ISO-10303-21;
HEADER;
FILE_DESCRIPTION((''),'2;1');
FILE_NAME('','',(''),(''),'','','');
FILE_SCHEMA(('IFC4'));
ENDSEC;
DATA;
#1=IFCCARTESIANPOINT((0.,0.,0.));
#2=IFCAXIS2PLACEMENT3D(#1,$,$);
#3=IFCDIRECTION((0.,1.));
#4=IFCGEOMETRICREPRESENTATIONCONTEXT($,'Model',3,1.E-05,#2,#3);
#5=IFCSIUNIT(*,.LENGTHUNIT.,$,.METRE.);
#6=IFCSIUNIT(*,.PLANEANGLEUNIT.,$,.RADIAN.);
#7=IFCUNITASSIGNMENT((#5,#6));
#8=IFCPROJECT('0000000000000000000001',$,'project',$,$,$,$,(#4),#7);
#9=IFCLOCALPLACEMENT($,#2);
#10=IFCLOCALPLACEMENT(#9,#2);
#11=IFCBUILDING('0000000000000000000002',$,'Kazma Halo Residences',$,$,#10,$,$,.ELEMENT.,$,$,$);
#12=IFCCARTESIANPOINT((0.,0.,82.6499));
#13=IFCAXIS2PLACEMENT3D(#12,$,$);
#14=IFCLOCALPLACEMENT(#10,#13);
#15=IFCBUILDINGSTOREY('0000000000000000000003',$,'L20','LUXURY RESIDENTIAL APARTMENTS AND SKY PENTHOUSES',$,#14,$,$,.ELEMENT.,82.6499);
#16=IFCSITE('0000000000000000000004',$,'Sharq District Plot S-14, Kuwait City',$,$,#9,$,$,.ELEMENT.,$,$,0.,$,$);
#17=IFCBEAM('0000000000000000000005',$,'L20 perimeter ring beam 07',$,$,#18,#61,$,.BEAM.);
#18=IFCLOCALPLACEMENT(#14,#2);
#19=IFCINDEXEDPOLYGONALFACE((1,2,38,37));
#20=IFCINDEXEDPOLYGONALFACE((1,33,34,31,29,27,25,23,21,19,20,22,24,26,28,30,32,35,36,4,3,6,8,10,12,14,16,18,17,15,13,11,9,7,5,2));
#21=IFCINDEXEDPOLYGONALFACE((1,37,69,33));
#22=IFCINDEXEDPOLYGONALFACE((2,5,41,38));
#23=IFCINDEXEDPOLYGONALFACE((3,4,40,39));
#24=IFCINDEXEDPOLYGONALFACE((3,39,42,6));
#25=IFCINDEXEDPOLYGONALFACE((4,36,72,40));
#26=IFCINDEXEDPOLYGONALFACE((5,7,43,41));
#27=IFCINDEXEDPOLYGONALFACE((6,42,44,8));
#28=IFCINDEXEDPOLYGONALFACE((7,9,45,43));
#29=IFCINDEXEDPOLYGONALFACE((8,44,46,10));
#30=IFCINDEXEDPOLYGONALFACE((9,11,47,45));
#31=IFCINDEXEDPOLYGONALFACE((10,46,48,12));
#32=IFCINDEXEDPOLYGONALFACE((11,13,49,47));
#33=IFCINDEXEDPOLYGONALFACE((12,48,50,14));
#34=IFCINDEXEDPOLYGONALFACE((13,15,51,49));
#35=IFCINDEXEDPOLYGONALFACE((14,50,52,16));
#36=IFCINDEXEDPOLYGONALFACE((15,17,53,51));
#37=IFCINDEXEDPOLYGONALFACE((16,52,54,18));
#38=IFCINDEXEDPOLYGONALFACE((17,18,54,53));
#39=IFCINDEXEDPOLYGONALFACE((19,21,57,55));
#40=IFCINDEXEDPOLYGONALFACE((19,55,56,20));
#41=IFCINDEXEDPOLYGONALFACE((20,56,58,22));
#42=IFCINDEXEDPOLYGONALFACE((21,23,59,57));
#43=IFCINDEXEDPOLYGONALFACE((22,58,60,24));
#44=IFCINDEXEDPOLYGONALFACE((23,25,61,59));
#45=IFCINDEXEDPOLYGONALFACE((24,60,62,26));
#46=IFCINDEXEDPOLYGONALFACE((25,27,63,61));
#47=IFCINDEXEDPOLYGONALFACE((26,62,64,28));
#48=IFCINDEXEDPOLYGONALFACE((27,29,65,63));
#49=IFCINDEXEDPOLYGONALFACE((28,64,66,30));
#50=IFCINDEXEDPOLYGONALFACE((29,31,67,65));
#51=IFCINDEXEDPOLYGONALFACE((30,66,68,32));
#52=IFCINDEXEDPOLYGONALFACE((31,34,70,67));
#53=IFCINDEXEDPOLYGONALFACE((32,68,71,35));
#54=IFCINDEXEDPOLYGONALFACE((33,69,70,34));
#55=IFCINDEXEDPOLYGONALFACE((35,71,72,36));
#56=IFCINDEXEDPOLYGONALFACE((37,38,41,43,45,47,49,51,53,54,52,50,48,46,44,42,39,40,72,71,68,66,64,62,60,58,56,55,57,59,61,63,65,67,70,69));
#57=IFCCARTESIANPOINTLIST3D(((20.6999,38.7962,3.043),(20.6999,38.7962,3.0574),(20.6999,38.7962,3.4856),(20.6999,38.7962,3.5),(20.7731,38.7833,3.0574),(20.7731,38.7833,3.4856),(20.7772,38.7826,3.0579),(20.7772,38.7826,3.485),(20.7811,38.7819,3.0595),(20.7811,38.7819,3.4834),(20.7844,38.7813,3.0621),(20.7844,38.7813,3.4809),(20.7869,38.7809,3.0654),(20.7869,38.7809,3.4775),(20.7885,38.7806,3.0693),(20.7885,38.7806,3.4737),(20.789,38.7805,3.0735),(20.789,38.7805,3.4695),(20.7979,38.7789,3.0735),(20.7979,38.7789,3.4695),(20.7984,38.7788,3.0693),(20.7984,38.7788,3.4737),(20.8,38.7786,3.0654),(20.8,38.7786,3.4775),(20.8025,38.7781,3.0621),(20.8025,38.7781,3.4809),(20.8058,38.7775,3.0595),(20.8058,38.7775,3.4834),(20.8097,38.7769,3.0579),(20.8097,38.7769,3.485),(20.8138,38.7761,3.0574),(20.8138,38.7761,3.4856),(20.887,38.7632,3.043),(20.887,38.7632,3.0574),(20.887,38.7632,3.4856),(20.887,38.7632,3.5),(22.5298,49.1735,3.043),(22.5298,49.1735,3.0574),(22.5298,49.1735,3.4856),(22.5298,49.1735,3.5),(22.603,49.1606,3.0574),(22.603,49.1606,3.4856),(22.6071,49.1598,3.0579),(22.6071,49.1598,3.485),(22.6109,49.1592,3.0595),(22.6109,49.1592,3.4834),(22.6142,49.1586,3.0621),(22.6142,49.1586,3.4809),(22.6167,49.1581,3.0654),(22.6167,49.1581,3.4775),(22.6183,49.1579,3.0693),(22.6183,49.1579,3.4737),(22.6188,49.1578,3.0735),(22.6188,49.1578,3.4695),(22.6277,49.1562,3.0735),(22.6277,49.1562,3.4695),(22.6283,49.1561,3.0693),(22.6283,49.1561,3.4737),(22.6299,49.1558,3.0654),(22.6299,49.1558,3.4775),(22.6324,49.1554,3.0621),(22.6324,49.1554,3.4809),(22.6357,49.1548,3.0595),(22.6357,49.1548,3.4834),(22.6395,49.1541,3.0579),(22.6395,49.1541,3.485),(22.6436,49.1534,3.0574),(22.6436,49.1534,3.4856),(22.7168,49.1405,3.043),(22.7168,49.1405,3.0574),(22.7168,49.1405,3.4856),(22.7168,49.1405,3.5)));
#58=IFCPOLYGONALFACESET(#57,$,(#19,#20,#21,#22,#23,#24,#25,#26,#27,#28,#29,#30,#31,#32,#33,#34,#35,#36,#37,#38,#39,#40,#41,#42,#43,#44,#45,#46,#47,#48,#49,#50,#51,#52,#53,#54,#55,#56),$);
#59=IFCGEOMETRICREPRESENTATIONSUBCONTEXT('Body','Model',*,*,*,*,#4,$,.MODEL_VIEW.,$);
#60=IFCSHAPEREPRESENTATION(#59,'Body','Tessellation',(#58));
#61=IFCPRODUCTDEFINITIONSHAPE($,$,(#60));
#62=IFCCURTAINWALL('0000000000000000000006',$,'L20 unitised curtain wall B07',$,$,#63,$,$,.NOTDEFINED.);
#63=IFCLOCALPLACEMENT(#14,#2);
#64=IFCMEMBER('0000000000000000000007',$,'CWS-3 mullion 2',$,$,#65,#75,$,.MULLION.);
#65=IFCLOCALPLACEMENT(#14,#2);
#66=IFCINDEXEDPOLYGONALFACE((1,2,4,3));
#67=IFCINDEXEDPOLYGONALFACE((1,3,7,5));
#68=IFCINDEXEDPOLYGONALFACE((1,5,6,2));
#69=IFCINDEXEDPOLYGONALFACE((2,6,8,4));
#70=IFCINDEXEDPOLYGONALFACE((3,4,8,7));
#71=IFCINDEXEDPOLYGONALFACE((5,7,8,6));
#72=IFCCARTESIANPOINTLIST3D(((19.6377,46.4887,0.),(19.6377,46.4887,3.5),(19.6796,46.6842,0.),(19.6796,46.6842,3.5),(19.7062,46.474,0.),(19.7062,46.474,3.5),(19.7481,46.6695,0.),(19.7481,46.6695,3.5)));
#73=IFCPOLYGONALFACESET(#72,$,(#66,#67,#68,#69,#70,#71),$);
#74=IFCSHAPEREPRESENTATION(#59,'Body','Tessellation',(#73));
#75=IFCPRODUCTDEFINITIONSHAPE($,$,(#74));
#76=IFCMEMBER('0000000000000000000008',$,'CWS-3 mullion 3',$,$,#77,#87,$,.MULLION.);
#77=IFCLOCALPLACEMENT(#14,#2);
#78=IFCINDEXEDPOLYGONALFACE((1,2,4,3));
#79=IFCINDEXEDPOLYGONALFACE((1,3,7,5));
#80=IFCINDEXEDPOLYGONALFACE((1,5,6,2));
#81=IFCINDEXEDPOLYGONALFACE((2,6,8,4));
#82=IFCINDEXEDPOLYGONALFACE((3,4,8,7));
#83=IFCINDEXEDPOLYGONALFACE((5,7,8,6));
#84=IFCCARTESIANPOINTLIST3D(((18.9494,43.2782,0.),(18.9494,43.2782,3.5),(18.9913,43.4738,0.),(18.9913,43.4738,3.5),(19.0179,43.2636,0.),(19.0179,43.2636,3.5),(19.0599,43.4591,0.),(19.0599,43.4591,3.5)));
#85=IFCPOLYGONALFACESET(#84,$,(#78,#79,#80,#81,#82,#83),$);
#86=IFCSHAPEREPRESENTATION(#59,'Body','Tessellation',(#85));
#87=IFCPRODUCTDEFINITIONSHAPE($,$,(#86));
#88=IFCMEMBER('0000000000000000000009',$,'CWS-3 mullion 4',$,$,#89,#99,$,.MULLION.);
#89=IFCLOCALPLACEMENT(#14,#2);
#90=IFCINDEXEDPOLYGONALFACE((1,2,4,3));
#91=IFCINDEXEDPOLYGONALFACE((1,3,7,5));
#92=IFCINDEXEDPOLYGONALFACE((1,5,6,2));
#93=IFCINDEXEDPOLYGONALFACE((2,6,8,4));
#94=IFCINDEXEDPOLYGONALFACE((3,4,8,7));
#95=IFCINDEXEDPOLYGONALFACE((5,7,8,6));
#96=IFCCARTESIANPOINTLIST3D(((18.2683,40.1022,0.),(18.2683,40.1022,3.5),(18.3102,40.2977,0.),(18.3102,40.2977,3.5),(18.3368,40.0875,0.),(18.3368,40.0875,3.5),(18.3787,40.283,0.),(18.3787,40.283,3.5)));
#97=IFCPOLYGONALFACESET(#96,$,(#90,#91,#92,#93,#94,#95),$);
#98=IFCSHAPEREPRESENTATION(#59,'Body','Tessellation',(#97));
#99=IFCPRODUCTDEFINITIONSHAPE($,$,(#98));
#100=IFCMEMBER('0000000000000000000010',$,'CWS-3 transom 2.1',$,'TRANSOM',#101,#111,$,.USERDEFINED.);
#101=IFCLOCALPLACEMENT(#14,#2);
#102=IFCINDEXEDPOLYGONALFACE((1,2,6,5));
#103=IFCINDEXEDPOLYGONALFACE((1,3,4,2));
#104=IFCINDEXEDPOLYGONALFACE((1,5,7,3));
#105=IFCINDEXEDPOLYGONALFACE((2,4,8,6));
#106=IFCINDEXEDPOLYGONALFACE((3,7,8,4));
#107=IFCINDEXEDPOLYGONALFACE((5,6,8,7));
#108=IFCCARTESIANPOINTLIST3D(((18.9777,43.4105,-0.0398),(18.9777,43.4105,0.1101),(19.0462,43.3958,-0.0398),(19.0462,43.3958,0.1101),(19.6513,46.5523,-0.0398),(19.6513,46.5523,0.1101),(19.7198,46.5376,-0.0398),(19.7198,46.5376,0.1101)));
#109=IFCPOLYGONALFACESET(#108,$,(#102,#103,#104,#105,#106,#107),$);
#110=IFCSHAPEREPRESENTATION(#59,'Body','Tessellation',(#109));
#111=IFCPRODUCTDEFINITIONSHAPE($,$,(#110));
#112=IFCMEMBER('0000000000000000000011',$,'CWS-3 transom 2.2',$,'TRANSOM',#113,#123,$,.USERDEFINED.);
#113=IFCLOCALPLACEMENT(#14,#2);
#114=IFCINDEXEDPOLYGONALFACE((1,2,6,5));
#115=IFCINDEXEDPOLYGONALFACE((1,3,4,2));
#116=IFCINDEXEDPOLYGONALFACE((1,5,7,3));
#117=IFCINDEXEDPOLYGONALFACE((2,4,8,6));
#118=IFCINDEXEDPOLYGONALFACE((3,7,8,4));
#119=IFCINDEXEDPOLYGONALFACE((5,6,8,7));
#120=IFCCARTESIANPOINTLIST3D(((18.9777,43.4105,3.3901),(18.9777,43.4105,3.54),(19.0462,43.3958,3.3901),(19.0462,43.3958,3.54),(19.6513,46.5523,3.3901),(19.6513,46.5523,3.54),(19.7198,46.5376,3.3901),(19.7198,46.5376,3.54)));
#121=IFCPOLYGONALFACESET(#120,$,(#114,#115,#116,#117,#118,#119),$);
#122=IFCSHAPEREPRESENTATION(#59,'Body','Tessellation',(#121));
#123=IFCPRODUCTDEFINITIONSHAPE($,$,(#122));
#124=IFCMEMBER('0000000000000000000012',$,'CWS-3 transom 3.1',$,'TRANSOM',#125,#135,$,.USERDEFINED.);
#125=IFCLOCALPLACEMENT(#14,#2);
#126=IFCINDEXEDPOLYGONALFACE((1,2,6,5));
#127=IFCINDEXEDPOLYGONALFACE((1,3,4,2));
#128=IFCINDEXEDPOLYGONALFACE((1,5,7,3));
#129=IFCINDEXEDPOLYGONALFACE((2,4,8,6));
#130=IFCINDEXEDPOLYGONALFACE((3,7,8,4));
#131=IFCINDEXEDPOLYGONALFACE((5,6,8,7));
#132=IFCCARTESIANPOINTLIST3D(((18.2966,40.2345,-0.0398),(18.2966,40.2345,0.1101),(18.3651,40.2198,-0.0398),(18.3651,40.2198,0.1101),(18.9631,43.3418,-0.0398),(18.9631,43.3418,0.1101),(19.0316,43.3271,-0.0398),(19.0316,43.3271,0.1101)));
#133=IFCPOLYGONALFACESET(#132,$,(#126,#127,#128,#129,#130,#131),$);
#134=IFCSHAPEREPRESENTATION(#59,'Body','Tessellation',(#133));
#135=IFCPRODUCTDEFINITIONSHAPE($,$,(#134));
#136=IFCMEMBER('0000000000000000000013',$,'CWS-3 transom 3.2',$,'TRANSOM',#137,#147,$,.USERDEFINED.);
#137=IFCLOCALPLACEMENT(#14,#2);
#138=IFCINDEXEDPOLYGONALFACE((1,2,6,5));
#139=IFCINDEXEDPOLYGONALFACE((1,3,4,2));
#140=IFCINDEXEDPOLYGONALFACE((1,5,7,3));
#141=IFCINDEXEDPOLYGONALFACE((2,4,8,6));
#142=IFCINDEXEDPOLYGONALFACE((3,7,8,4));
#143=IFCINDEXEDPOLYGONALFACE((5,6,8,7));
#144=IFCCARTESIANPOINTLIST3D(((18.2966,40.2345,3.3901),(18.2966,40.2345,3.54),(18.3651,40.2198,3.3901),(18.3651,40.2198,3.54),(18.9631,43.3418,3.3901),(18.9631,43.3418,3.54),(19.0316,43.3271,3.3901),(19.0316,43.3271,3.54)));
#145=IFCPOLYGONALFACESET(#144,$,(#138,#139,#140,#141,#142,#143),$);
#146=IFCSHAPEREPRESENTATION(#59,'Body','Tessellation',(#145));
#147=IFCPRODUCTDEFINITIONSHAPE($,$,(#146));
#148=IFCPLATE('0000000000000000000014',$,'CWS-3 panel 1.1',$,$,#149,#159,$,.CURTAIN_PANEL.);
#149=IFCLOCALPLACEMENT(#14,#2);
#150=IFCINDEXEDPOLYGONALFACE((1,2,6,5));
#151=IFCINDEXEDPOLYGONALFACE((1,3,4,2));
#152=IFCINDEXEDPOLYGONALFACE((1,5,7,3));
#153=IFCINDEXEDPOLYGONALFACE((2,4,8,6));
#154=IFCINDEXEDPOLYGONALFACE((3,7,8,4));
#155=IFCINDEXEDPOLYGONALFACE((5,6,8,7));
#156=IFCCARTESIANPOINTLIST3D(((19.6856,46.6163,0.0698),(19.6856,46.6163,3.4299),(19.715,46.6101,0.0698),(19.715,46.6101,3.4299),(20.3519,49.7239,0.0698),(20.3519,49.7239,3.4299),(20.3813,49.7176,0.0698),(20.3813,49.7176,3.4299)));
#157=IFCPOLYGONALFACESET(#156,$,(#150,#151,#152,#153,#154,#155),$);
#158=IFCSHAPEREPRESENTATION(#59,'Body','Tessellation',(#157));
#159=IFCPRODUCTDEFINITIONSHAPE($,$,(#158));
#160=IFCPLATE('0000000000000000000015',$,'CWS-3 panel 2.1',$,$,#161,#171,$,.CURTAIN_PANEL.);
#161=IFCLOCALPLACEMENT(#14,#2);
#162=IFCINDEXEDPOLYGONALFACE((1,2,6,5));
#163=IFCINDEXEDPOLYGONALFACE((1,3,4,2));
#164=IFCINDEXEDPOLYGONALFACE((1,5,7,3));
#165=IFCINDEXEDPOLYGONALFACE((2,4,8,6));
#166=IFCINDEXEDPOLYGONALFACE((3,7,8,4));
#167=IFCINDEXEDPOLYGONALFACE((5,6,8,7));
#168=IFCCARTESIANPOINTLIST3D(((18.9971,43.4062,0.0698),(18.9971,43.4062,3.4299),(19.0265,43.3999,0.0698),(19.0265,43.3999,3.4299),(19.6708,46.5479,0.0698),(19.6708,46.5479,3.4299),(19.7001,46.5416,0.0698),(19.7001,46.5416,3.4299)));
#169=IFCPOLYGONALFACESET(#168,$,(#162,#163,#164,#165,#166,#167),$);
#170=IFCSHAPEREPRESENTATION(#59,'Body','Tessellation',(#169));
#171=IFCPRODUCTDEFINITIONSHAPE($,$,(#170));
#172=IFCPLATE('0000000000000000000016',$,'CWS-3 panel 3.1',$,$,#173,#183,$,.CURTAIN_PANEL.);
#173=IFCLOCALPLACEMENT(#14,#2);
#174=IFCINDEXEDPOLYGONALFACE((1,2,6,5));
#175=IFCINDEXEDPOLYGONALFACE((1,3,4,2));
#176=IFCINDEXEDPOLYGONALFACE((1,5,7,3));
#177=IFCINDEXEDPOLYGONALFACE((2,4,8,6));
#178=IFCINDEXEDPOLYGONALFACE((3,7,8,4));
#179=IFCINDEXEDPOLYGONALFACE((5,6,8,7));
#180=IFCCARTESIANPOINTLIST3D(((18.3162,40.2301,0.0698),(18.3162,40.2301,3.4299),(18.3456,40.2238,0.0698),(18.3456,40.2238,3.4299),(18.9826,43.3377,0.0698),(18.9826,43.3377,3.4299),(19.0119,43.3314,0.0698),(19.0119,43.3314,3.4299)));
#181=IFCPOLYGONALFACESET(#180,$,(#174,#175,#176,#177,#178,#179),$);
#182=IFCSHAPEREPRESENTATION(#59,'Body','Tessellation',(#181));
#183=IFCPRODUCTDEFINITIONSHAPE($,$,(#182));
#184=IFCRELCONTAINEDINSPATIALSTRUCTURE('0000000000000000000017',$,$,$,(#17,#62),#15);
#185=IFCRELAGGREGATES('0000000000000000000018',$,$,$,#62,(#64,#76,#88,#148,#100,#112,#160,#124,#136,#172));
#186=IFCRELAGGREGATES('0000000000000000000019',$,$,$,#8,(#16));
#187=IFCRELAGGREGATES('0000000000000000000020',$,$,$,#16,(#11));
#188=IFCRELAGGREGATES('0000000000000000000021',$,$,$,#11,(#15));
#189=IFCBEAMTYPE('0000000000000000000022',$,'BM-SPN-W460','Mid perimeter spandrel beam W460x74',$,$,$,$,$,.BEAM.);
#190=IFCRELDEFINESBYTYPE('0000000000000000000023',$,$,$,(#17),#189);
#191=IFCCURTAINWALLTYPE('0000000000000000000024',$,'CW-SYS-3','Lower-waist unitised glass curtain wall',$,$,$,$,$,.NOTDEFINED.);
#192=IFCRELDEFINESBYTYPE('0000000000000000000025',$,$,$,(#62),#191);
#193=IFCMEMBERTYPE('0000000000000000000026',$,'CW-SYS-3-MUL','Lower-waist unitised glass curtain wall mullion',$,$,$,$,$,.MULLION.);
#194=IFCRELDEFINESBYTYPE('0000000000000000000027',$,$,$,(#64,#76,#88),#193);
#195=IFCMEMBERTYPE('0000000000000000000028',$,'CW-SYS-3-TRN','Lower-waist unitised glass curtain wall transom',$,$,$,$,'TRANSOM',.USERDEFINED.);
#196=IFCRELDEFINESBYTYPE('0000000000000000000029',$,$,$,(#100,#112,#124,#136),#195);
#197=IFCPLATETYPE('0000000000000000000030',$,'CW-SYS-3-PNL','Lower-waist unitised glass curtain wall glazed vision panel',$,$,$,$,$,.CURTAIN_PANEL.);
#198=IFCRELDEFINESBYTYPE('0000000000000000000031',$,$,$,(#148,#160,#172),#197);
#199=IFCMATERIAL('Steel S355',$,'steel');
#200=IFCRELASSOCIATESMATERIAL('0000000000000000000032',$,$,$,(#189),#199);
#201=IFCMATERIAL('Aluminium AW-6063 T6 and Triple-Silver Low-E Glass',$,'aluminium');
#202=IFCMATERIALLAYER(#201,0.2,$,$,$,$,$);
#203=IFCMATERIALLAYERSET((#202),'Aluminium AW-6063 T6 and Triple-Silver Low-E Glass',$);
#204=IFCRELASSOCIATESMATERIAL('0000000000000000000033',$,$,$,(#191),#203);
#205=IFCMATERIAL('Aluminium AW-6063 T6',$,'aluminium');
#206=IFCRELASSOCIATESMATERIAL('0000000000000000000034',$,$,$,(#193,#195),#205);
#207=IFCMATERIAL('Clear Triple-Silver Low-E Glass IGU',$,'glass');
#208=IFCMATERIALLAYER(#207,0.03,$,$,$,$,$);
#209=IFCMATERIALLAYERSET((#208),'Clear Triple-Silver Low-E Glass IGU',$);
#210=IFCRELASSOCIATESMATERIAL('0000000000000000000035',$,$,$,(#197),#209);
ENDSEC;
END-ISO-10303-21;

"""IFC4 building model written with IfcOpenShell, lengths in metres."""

from ifc_helpers import new_model, si_unit, direction, frame, origin, origin_2d, place, context, subcontext, project, spatial, rectangle, i_section, extrude, material, layer, layer_set, material_profile, profile_set, type_object, element, aggregate, save


model = new_model("IFC4")

# Units and contexts
model_context = context("Model", 3, precision=1e-05, world=origin(), true_north=direction((0.0, 1.0)))
body_context = subcontext(model_context, "Body", "Model", "MODEL_VIEW")
ifc_project = project(units=[si_unit("LENGTHUNIT", "METRE"), si_unit("PLANEANGLEUNIT", "RADIAN")], contexts=[model_context])

# Site, building, storey
site_placement = place(None, origin())
site = spatial("IfcSite", under=ifc_project, at=site_placement, Name="Sharq District Plot S-14, Kuwait City", CompositionType="ELEMENT", RefElevation=0.0)
building_placement = place(site_placement, origin())
building = spatial("IfcBuilding", under=site, at=building_placement, Name="Kazma Halo Residences", CompositionType="ELEMENT")
storey_placement = place(building_placement, frame((0.0, 0.0, 82.6499)))
storey = spatial("IfcBuildingStorey", under=building, at=storey_placement, Name="L20", Description="LUXURY RESIDENTIAL APARTMENTS AND SKY PENTHOUSES", CompositionType="ELEMENT", Elevation=82.6499)

# Beam
ifc_material_1 = material(Name="Steel S355", Category="steel")
ifc_material_profile_1 = material_profile(ifc_material_1, i_section(OverallWidth=0.1899, OverallDepth=0.457, WebThickness=0.009, FlangeThickness=0.0144, FilletRadius=0.0161, at=origin_2d()), Name="W460x74")
ifc_profile_set_1 = profile_set([ifc_material_profile_1], Name="Steel S355")
beam_type_1 = type_object("IfcBeamType", Name="BM-SPN-W460", Description="Mid perimeter spandrel beam W460x74", PredefinedType="BEAM", material=ifc_profile_set_1)
beam_1_placement = place(storey_placement, frame((22.6233, 49.157, 3.2715), z_axis=(-0.173653, -0.984807, 0.0), x_axis=(0.984807, -0.173653, 0.0)))
element("IfcBeam", 1, at=beam_1_placement, inside=storey, type_object=beam_type_1, Name="L20 perimeter ring beam 07", PredefinedType="BEAM", context=body_context, shape_type="SweptSolid", body=[
    extrude(i_section(OverallWidth=0.1899, OverallDepth=0.457, WebThickness=0.009, FlangeThickness=0.0144, FilletRadius=0.0161, at=origin_2d()), origin(), (0.0, 0.0, 1.0), 10.5374),
])

# Curtain wall, members, plates
ifc_material_2 = material(Name="Aluminium AW-6063 T6 and Triple-Silver Low-E Glass", Category="aluminium")
ifc_layer_1 = layer(ifc_material_2, 0.2)
ifc_layer_set_1 = layer_set([ifc_layer_1], Name="Aluminium AW-6063 T6 and Triple-Silver Low-E Glass")
curtain_wall_type = type_object("IfcCurtainWallType", Name="CW-SYS-3", Description="Lower-waist unitised glass curtain wall", PredefinedType="NOTDEFINED", material=ifc_layer_set_1)
curtain_wall_placement = place(storey_placement, origin())
curtain_wall = element("IfcCurtainWall", 2, at=curtain_wall_placement, inside=storey, type_object=curtain_wall_type, Name="L20 unitised curtain wall B07", PredefinedType="NOTDEFINED")
ifc_material_3 = material(Name="Aluminium AW-6063 T6", Category="aluminium")
ifc_material_profile_2 = material_profile(ifc_material_3, rectangle(XDim=0.0701, YDim=0.2, at=origin_2d()), Name="CWM-70x200")
ifc_profile_set_2 = profile_set([ifc_material_profile_2], Name="Aluminium AW-6063 T6")
member_type_1 = type_object("IfcMemberType", Name="CW-SYS-3-MUL", Description="Lower-waist unitised glass curtain wall mullion", PredefinedType="MULLION", material=ifc_profile_set_2)
member_1_placement = place(storey_placement, frame((19.6929, 46.5791, 0.0), z_axis=(0.0, 0.0, 1.0), x_axis=(0.977774, -0.209661, 0.0)))
member_1 = element("IfcMember", 3, at=member_1_placement, type_object=member_type_1, Name="CWS-3 mullion 2", PredefinedType="MULLION", context=body_context, shape_type="SweptSolid", body=[
    extrude(rectangle(XDim=0.0701, YDim=0.2, at=origin_2d()), origin(), (0.0, 0.0, 1.0), 3.5),
])
member_2_placement = place(storey_placement, frame((19.0046, 43.3687, 0.0), z_axis=(0.0, 0.0, 1.0), x_axis=(0.977774, -0.209661, 0.0)))
member_2 = element("IfcMember", 4, at=member_2_placement, type_object=member_type_1, Name="CWS-3 mullion 3", PredefinedType="MULLION", context=body_context, shape_type="SweptSolid", body=[
    extrude(rectangle(XDim=0.0701, YDim=0.2, at=origin_2d()), origin(), (0.0, 0.0, 1.0), 3.5),
])
member_3_placement = place(storey_placement, frame((18.3235, 40.1926, 0.0), z_axis=(0.0, 0.0, 1.0), x_axis=(0.977774, -0.209661, 0.0)))
member_3 = element("IfcMember", 5, at=member_3_placement, type_object=member_type_1, Name="CWS-3 mullion 4", PredefinedType="MULLION", context=body_context, shape_type="SweptSolid", body=[
    extrude(rectangle(XDim=0.0701, YDim=0.2, at=origin_2d()), origin(), (0.0, 0.0, 1.0), 3.5),
])
ifc_material_profile_3 = material_profile(ifc_material_3, rectangle(XDim=0.0701, YDim=0.1499, at=origin_2d()), Name="CWT-70x150")
ifc_profile_set_3 = profile_set([ifc_material_profile_3], Name="Aluminium AW-6063 T6")
member_type_2 = type_object("IfcMemberType", Name="CW-SYS-3-TRN", Description="Lower-waist unitised glass curtain wall transom", ElementType="TRANSOM", PredefinedType="USERDEFINED", material=ifc_profile_set_3)
member_4_placement = place(storey_placement, frame((19.6855, 46.5449, 0.0352), z_axis=(-0.209628, -0.977781, 0.0), x_axis=(0.977781, -0.209628, 0.0)))
member_4 = element("IfcMember", 6, at=member_4_placement, type_object=member_type_2, Name="CWS-3 transom 2.1", ObjectType="TRANSOM", PredefinedType="USERDEFINED", context=body_context, shape_type="SweptSolid", body=[
    extrude(rectangle(XDim=0.0701, YDim=0.1499, at=origin_2d()), origin(), (0.0, 0.0, 1.0), 3.2131),
])
member_5_placement = place(storey_placement, frame((19.6855, 46.5449, 3.4651), z_axis=(-0.209628, -0.977781, 0.0), x_axis=(0.977781, -0.209628, 0.0)))
member_5 = element("IfcMember", 7, at=member_5_placement, type_object=member_type_2, Name="CWS-3 transom 2.2", ObjectType="TRANSOM", PredefinedType="USERDEFINED", context=body_context, shape_type="SweptSolid", body=[
    extrude(rectangle(XDim=0.0701, YDim=0.1499, at=origin_2d()), origin(), (0.0, 0.0, 1.0), 3.2131),
])
member_6_placement = place(storey_placement, frame((18.9973, 43.3345, 0.0352), z_axis=(-0.209718, -0.977762, 0.0), x_axis=(0.977762, -0.209718, 0.0)))
member_6 = element("IfcMember", 8, at=member_6_placement, type_object=member_type_2, Name="CWS-3 transom 3.1", ObjectType="TRANSOM", PredefinedType="USERDEFINED", context=body_context, shape_type="SweptSolid", body=[
    extrude(rectangle(XDim=0.0701, YDim=0.1499, at=origin_2d()), origin(), (0.0, 0.0, 1.0), 3.178),
])
member_7_placement = place(storey_placement, frame((18.9973, 43.3345, 3.4651), z_axis=(-0.209718, -0.977762, 0.0), x_axis=(0.977762, -0.209718, 0.0)))
member_7 = element("IfcMember", 9, at=member_7_placement, type_object=member_type_2, Name="CWS-3 transom 3.2", ObjectType="TRANSOM", PredefinedType="USERDEFINED", context=body_context, shape_type="SweptSolid", body=[
    extrude(rectangle(XDim=0.0701, YDim=0.1499, at=origin_2d()), origin(), (0.0, 0.0, 1.0), 3.178),
])
ifc_material_4 = material(Name="Clear Triple-Silver Low-E Glass IGU", Category="glass")
ifc_layer_2 = layer(ifc_material_4, 0.03)
ifc_layer_set_2 = layer_set([ifc_layer_2], Name="Clear Triple-Silver Low-E Glass IGU")
plate_type = type_object("IfcPlateType", Name="CW-SYS-3-PNL", Description="Lower-waist unitised glass curtain wall glazed vision panel", PredefinedType="CURTAIN_PANEL", material=ifc_layer_set_2)
plate_1_placement = place(storey_placement, frame((20.0334, 48.167, 0.0698), z_axis=(0.0, 0.0, 1.0), x_axis=(-0.209661, -0.977774, 0.0)))
plate_1 = element("IfcPlate", 10, at=plate_1_placement, type_object=plate_type, Name="CWS-3 panel 1.1", PredefinedType="CURTAIN_PANEL", context=body_context, shape_type="SweptSolid", body=[
    extrude(rectangle(XDim=3.1782, YDim=0.03, at=origin_2d()), origin(), (0.0, 0.0, 1.0), 3.3601),
])
plate_2_placement = place(storey_placement, frame((19.3486, 44.9739, 0.0698), z_axis=(0.0, 0.0, 1.0), x_axis=(-0.209661, -0.977774, 0.0)))
plate_2 = element("IfcPlate", 11, at=plate_2_placement, type_object=plate_type, Name="CWS-3 panel 2.1", PredefinedType="CURTAIN_PANEL", context=body_context, shape_type="SweptSolid", body=[
    extrude(rectangle(XDim=3.2131, YDim=0.03, at=origin_2d()), origin(), (0.0, 0.0, 1.0), 3.3601),
])
plate_3_placement = place(storey_placement, frame((18.6641, 41.7808, 0.0698), z_axis=(0.0, 0.0, 1.0), x_axis=(-0.209661, -0.977774, 0.0)))
plate_3 = element("IfcPlate", 12, at=plate_3_placement, type_object=plate_type, Name="CWS-3 panel 3.1", PredefinedType="CURTAIN_PANEL", context=body_context, shape_type="SweptSolid", body=[
    extrude(rectangle(XDim=3.1782, YDim=0.03, at=origin_2d()), origin(), (0.0, 0.0, 1.0), 3.3601),
])
aggregate(curtain_wall, [member_1, member_2, member_3, plate_1, member_4, member_5, plate_2, member_6, member_7, plate_3])

save(model, "model.ifc")
